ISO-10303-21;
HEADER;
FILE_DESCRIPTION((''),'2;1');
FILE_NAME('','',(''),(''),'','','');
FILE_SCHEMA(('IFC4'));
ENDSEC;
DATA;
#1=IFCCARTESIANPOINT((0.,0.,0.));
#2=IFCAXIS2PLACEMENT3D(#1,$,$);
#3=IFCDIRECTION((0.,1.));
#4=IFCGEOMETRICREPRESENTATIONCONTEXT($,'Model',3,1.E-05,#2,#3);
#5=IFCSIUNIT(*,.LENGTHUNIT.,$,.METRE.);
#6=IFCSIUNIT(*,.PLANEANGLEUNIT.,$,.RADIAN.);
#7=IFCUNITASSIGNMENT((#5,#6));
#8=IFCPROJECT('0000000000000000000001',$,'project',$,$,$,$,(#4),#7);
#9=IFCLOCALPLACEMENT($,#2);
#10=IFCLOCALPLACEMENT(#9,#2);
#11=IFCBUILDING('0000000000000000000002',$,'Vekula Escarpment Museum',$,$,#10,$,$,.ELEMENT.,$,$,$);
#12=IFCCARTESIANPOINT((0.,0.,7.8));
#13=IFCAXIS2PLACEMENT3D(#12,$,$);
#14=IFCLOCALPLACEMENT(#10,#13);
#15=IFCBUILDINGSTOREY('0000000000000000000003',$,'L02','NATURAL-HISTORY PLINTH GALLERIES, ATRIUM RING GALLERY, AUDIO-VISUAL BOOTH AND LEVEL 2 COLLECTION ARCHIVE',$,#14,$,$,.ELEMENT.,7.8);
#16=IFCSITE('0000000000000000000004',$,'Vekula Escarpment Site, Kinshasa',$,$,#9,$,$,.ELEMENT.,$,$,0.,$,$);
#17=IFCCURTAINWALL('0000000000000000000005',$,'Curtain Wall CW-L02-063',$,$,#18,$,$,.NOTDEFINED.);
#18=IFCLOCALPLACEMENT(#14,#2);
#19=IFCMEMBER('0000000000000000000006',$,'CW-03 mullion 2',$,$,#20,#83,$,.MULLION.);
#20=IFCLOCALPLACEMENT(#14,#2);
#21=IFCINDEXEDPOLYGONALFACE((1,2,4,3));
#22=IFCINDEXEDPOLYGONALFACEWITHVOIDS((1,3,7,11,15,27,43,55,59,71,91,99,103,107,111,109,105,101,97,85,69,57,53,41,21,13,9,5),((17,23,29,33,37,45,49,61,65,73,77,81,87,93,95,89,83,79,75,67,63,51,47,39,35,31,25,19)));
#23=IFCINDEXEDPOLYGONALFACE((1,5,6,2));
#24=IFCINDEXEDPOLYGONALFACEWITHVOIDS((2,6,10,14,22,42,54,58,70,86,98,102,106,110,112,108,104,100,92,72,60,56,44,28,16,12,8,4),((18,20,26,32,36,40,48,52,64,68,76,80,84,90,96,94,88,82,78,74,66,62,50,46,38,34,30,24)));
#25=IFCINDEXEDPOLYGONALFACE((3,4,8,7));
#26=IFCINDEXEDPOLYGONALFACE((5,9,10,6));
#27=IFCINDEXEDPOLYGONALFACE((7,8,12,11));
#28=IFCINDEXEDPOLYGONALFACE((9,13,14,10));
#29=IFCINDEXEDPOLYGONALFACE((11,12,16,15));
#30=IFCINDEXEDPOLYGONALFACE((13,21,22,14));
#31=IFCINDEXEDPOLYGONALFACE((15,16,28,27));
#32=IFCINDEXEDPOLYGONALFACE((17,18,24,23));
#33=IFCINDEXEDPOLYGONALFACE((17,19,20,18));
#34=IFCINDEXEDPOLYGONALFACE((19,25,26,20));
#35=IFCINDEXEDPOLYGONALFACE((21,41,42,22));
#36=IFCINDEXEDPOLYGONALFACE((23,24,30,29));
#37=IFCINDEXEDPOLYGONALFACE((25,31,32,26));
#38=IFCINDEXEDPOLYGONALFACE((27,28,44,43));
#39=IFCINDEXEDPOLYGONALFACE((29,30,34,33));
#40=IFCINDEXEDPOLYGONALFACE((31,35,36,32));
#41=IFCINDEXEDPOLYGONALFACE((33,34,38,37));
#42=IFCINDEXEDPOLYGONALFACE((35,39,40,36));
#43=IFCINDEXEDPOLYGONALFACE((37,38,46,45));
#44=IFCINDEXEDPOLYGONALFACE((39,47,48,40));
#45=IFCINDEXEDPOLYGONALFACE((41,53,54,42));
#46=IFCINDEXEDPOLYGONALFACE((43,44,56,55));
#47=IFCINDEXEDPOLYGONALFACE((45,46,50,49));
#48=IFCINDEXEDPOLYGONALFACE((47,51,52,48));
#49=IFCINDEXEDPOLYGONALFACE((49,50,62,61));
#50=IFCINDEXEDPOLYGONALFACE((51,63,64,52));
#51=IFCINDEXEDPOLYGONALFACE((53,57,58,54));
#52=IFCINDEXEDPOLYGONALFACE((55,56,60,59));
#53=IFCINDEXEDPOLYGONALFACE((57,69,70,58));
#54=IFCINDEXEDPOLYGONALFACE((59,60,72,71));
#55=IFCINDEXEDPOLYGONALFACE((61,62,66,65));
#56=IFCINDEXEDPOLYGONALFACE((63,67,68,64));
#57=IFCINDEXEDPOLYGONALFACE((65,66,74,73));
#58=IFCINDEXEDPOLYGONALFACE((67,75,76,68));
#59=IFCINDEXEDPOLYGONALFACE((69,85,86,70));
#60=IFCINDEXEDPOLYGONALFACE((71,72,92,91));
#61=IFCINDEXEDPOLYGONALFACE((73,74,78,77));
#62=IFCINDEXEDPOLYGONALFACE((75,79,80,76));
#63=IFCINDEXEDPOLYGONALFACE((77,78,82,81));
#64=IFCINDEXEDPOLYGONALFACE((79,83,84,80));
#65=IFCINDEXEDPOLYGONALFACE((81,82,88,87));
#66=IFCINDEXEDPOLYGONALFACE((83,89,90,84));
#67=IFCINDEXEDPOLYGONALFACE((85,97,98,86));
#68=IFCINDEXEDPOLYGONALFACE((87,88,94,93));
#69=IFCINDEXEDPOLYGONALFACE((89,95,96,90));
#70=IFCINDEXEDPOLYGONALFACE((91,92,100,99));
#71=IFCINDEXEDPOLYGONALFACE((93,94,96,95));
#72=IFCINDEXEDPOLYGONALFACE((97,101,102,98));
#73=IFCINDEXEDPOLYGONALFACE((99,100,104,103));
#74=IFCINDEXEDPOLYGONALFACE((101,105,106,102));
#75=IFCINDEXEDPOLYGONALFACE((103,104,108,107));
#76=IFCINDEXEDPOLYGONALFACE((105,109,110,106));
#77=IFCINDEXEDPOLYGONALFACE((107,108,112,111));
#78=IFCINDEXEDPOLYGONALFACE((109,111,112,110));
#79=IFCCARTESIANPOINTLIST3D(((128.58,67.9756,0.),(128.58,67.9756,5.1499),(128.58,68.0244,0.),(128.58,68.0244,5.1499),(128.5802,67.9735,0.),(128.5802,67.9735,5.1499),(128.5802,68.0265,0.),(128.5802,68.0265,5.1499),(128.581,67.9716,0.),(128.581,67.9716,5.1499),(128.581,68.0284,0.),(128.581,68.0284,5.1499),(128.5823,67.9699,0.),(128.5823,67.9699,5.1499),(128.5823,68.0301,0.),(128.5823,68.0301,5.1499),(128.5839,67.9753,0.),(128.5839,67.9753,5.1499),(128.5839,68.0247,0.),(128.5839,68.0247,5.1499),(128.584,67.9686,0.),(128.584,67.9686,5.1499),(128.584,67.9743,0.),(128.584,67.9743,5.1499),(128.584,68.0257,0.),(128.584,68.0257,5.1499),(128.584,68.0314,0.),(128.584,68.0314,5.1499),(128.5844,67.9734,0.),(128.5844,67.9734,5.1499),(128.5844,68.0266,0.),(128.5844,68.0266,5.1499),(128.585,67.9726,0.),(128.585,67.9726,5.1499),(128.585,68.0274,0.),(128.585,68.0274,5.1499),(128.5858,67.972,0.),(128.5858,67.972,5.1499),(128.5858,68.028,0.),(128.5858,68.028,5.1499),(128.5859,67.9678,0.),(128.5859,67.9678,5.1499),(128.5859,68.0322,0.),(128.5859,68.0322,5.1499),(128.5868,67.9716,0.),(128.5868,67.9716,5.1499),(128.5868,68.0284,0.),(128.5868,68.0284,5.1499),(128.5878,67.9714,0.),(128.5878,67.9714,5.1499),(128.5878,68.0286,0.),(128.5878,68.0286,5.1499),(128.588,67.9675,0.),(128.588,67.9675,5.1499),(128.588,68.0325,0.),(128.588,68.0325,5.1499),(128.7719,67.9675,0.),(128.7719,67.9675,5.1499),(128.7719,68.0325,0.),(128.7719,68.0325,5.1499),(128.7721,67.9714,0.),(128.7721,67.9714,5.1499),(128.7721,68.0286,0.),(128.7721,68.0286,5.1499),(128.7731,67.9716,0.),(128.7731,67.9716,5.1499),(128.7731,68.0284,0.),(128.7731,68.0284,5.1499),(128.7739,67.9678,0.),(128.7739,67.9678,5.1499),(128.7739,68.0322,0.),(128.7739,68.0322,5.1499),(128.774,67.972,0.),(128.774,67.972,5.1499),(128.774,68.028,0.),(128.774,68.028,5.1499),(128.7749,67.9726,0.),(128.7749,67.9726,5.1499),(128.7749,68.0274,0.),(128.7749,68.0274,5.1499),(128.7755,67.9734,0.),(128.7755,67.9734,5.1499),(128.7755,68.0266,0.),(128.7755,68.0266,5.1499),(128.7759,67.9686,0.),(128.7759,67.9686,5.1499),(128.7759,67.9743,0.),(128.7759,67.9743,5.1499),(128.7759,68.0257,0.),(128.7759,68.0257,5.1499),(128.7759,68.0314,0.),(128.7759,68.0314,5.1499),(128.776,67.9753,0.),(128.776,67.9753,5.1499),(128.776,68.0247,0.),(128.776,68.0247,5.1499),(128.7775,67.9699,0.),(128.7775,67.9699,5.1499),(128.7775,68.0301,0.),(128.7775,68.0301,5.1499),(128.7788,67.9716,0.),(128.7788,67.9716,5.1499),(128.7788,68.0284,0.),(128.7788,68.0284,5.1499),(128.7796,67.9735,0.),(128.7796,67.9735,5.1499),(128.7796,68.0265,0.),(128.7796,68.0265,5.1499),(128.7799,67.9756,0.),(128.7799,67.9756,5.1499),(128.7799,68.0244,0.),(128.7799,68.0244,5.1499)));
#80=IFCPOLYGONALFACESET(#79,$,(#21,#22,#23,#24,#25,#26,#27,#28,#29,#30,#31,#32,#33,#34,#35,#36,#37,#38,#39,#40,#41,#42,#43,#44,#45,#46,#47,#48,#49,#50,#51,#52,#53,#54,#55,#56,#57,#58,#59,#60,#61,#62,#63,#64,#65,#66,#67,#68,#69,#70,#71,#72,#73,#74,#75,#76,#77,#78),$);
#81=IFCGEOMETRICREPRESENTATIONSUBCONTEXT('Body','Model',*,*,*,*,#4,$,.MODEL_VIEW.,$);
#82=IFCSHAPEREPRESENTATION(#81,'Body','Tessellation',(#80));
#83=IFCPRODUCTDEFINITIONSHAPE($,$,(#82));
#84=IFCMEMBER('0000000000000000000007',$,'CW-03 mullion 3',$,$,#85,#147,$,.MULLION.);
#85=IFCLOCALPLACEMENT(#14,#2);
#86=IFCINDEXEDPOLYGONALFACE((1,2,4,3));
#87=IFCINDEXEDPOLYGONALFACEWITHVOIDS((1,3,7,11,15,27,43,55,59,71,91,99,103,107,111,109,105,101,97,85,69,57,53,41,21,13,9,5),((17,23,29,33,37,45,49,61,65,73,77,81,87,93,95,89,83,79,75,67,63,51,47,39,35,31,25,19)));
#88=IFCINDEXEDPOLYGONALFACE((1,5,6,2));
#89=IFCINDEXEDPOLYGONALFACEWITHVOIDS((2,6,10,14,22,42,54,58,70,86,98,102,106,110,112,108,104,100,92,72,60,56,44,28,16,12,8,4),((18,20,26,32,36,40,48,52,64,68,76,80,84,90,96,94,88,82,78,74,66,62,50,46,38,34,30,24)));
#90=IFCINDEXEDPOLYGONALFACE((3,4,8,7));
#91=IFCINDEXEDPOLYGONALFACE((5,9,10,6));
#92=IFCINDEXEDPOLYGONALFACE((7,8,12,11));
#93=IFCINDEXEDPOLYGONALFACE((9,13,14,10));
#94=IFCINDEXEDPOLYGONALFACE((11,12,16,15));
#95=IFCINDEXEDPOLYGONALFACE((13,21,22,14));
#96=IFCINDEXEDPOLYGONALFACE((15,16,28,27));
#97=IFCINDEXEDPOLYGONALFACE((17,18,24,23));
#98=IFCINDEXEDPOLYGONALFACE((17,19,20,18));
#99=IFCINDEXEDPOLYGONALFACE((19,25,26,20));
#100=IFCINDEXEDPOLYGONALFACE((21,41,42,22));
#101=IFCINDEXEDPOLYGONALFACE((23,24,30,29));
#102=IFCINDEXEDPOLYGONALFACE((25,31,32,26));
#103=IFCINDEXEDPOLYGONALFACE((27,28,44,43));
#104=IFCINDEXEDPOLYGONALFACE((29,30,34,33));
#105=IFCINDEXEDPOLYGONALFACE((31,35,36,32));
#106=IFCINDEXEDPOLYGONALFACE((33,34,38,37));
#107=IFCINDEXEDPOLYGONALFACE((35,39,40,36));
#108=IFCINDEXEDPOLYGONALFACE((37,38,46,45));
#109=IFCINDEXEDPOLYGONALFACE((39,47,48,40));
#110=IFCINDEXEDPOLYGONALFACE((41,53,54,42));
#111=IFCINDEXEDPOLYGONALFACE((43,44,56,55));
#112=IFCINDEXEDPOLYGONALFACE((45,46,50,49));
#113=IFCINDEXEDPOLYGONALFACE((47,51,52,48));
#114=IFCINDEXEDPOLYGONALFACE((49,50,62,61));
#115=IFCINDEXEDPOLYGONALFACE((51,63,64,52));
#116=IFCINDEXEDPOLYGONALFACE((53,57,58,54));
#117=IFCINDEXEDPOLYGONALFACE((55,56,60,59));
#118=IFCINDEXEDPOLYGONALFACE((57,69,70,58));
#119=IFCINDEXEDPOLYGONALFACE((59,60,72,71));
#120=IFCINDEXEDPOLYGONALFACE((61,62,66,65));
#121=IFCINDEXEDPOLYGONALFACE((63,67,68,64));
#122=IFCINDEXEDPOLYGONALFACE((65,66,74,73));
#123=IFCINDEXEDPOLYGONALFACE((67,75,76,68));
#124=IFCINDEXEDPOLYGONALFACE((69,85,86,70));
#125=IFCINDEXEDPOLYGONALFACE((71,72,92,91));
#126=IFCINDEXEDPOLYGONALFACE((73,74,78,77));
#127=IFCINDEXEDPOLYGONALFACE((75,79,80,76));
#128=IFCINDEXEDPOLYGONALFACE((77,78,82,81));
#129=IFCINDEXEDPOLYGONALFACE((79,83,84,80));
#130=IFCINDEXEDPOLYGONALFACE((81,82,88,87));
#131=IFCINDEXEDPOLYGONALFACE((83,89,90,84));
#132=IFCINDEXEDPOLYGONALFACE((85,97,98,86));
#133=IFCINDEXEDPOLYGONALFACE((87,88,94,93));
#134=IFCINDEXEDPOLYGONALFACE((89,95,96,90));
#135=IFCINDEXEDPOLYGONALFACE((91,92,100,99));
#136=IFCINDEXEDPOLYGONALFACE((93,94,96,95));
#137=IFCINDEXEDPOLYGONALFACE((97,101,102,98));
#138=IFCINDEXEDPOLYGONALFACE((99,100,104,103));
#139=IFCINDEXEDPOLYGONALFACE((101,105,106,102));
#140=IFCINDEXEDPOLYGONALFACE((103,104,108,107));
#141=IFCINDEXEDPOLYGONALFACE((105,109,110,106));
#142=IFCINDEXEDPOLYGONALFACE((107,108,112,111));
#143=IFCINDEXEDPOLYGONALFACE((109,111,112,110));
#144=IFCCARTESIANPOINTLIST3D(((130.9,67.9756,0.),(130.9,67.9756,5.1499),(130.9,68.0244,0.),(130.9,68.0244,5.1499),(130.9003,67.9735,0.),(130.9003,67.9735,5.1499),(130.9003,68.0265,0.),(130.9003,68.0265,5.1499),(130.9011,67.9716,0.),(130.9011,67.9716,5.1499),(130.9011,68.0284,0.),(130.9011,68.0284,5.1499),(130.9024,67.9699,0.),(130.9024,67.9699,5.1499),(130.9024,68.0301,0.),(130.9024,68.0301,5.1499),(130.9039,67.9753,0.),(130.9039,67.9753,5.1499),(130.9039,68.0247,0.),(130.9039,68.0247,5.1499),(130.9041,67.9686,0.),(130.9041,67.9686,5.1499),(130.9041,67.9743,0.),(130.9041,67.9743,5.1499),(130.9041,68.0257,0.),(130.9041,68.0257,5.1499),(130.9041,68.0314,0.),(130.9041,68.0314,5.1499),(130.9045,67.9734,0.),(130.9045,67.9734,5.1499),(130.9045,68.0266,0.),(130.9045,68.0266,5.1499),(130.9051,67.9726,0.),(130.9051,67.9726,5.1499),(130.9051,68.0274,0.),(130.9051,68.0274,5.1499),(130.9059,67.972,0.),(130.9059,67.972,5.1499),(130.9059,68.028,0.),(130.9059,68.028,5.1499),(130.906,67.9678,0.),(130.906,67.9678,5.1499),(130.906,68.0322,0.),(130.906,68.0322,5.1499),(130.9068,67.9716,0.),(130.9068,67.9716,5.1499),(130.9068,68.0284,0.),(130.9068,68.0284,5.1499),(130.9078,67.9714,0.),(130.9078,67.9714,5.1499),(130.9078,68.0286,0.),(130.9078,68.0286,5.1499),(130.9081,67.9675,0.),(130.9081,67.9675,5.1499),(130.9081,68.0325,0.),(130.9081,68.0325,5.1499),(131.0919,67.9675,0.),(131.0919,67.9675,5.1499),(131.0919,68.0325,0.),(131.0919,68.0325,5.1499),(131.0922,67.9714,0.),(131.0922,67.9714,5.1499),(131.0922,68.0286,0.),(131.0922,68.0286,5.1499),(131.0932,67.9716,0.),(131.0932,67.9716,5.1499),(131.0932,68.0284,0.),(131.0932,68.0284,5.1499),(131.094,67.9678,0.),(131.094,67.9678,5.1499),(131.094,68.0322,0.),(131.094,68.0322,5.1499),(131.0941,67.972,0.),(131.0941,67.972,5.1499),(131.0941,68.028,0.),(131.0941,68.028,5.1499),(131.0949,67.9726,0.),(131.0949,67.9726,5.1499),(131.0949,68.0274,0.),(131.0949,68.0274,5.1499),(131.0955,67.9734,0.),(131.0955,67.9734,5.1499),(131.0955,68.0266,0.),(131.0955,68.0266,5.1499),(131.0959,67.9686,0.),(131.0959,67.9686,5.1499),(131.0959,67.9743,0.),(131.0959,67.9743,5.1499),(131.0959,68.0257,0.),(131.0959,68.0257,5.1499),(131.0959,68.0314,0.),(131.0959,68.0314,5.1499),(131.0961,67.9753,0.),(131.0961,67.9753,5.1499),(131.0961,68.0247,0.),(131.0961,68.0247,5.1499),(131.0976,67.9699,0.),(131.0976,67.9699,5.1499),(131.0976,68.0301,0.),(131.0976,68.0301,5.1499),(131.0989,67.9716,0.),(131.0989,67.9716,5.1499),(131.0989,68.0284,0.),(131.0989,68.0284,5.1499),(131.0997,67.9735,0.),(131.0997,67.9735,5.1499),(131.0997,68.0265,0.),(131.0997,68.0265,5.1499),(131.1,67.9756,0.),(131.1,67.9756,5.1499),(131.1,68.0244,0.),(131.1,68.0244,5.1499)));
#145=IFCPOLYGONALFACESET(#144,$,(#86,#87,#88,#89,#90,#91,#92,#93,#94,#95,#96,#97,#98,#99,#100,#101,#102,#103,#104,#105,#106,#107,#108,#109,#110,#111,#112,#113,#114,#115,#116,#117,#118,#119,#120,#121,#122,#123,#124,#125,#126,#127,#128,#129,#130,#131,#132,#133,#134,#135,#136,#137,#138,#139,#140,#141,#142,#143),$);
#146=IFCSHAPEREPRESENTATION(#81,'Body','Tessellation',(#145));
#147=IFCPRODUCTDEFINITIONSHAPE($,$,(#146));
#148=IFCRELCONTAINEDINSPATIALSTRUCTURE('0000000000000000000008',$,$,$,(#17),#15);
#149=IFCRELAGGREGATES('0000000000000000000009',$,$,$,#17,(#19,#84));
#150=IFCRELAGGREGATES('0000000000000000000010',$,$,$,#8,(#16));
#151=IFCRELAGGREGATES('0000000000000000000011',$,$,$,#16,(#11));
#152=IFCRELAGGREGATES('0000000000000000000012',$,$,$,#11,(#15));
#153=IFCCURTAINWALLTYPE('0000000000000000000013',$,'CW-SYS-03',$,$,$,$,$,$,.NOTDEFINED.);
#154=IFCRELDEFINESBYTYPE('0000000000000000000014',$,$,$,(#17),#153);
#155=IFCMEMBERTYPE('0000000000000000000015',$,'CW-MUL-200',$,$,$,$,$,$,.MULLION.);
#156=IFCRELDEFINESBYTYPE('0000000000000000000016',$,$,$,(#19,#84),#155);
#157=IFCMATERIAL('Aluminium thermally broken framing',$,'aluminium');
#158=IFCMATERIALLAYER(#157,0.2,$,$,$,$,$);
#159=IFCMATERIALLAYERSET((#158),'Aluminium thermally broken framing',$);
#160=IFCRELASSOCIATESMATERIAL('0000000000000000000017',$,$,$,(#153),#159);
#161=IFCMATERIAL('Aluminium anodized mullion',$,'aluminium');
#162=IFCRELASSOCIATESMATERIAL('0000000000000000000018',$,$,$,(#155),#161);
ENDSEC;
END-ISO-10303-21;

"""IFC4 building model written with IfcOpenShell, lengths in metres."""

from ifc_helpers import new_model, si_unit, direction, frame, origin, origin_2d, place, context, subcontext, project, spatial, hollow_rectangle, extrude, material, layer, layer_set, material_profile, profile_set, type_object, element, aggregate, save


model = new_model("IFC4")

# Units and contexts
model_context = context("Model", 3, precision=1e-05, world=origin(), true_north=direction((0.0, 1.0)))
body_context = subcontext(model_context, "Body", "Model", "MODEL_VIEW")
ifc_project = project(units=[si_unit("LENGTHUNIT", "METRE"), si_unit("PLANEANGLEUNIT", "RADIAN")], contexts=[model_context])

# Site, building, storey
site_placement = place(None, origin())
site = spatial("IfcSite", under=ifc_project, at=site_placement, Name="Vekula Escarpment Site, Kinshasa", CompositionType="ELEMENT", RefElevation=0.0)
building_placement = place(site_placement, origin())
building = spatial("IfcBuilding", under=site, at=building_placement, Name="Vekula Escarpment Museum", CompositionType="ELEMENT")
storey_placement = place(building_placement, frame((0.0, 0.0, 7.8)))
storey = spatial("IfcBuildingStorey", under=building, at=storey_placement, Name="L02", Description="NATURAL-HISTORY PLINTH GALLERIES, ATRIUM RING GALLERY, AUDIO-VISUAL BOOTH AND LEVEL 2 COLLECTION ARCHIVE", CompositionType="ELEMENT", Elevation=7.8)

# Curtain wall, members
ifc_material_1 = material(Name="Aluminium thermally broken framing", Category="aluminium")
ifc_layer_1 = layer(ifc_material_1, 0.2)
ifc_layer_set_1 = layer_set([ifc_layer_1], Name="Aluminium thermally broken framing")
curtain_wall_type = type_object("IfcCurtainWallType", Name="CW-SYS-03", PredefinedType="NOTDEFINED", material=ifc_layer_set_1)
curtain_wall_placement = place(storey_placement, origin())
curtain_wall = element("IfcCurtainWall", 1, at=curtain_wall_placement, inside=storey, type_object=curtain_wall_type, Name="Curtain Wall CW-L02-063", PredefinedType="NOTDEFINED")
ifc_material_2 = material(Name="Aluminium anodized mullion", Category="aluminium")
ifc_material_profile_1 = material_profile(ifc_material_2, hollow_rectangle(XDim=0.0649, YDim=0.2, WallThickness=0.0039, InnerFilletRadius=0.0039, OuterFilletRadius=0.0081, at=origin_2d()), Name="ALU 200x65x4")
ifc_profile_set_1 = profile_set([ifc_material_profile_1], Name="Aluminium anodized mullion")
member_type_1 = type_object("IfcMemberType", Name="CW-MUL-200", PredefinedType="MULLION", material=ifc_profile_set_1)
member_1_placement = place(storey_placement, frame((128.6799, 68.0, 0.0), z_axis=(0.0, 0.0, 1.0), x_axis=(0.0, 1.0, 0.0)))
member_1 = element("IfcMember", 2, at=member_1_placement, type_object=member_type_1, Name="CW-03 mullion 2", PredefinedType="MULLION", context=body_context, shape_type="SweptSolid", body=[
    extrude(hollow_rectangle(XDim=0.0649, YDim=0.2, WallThickness=0.0039, InnerFilletRadius=0.0039, OuterFilletRadius=0.0081, at=origin_2d()), origin(), (0.0, 0.0, 1.0), 5.1499),
])
member_2_placement = place(storey_placement, frame((131.0, 68.0, 0.0), z_axis=(0.0, 0.0, 1.0), x_axis=(0.0, 1.0, 0.0)))
member_2 = element("IfcMember", 3, at=member_2_placement, type_object=member_type_1, Name="CW-03 mullion 3", PredefinedType="MULLION", context=body_context, shape_type="SweptSolid", body=[
    extrude(hollow_rectangle(XDim=0.0649, YDim=0.2, WallThickness=0.0039, InnerFilletRadius=0.0039, OuterFilletRadius=0.0081, at=origin_2d()), origin(), (0.0, 0.0, 1.0), 5.1499),
])

aggregate(curtain_wall, [member_1, member_2])

save(model, "model.ifc")
